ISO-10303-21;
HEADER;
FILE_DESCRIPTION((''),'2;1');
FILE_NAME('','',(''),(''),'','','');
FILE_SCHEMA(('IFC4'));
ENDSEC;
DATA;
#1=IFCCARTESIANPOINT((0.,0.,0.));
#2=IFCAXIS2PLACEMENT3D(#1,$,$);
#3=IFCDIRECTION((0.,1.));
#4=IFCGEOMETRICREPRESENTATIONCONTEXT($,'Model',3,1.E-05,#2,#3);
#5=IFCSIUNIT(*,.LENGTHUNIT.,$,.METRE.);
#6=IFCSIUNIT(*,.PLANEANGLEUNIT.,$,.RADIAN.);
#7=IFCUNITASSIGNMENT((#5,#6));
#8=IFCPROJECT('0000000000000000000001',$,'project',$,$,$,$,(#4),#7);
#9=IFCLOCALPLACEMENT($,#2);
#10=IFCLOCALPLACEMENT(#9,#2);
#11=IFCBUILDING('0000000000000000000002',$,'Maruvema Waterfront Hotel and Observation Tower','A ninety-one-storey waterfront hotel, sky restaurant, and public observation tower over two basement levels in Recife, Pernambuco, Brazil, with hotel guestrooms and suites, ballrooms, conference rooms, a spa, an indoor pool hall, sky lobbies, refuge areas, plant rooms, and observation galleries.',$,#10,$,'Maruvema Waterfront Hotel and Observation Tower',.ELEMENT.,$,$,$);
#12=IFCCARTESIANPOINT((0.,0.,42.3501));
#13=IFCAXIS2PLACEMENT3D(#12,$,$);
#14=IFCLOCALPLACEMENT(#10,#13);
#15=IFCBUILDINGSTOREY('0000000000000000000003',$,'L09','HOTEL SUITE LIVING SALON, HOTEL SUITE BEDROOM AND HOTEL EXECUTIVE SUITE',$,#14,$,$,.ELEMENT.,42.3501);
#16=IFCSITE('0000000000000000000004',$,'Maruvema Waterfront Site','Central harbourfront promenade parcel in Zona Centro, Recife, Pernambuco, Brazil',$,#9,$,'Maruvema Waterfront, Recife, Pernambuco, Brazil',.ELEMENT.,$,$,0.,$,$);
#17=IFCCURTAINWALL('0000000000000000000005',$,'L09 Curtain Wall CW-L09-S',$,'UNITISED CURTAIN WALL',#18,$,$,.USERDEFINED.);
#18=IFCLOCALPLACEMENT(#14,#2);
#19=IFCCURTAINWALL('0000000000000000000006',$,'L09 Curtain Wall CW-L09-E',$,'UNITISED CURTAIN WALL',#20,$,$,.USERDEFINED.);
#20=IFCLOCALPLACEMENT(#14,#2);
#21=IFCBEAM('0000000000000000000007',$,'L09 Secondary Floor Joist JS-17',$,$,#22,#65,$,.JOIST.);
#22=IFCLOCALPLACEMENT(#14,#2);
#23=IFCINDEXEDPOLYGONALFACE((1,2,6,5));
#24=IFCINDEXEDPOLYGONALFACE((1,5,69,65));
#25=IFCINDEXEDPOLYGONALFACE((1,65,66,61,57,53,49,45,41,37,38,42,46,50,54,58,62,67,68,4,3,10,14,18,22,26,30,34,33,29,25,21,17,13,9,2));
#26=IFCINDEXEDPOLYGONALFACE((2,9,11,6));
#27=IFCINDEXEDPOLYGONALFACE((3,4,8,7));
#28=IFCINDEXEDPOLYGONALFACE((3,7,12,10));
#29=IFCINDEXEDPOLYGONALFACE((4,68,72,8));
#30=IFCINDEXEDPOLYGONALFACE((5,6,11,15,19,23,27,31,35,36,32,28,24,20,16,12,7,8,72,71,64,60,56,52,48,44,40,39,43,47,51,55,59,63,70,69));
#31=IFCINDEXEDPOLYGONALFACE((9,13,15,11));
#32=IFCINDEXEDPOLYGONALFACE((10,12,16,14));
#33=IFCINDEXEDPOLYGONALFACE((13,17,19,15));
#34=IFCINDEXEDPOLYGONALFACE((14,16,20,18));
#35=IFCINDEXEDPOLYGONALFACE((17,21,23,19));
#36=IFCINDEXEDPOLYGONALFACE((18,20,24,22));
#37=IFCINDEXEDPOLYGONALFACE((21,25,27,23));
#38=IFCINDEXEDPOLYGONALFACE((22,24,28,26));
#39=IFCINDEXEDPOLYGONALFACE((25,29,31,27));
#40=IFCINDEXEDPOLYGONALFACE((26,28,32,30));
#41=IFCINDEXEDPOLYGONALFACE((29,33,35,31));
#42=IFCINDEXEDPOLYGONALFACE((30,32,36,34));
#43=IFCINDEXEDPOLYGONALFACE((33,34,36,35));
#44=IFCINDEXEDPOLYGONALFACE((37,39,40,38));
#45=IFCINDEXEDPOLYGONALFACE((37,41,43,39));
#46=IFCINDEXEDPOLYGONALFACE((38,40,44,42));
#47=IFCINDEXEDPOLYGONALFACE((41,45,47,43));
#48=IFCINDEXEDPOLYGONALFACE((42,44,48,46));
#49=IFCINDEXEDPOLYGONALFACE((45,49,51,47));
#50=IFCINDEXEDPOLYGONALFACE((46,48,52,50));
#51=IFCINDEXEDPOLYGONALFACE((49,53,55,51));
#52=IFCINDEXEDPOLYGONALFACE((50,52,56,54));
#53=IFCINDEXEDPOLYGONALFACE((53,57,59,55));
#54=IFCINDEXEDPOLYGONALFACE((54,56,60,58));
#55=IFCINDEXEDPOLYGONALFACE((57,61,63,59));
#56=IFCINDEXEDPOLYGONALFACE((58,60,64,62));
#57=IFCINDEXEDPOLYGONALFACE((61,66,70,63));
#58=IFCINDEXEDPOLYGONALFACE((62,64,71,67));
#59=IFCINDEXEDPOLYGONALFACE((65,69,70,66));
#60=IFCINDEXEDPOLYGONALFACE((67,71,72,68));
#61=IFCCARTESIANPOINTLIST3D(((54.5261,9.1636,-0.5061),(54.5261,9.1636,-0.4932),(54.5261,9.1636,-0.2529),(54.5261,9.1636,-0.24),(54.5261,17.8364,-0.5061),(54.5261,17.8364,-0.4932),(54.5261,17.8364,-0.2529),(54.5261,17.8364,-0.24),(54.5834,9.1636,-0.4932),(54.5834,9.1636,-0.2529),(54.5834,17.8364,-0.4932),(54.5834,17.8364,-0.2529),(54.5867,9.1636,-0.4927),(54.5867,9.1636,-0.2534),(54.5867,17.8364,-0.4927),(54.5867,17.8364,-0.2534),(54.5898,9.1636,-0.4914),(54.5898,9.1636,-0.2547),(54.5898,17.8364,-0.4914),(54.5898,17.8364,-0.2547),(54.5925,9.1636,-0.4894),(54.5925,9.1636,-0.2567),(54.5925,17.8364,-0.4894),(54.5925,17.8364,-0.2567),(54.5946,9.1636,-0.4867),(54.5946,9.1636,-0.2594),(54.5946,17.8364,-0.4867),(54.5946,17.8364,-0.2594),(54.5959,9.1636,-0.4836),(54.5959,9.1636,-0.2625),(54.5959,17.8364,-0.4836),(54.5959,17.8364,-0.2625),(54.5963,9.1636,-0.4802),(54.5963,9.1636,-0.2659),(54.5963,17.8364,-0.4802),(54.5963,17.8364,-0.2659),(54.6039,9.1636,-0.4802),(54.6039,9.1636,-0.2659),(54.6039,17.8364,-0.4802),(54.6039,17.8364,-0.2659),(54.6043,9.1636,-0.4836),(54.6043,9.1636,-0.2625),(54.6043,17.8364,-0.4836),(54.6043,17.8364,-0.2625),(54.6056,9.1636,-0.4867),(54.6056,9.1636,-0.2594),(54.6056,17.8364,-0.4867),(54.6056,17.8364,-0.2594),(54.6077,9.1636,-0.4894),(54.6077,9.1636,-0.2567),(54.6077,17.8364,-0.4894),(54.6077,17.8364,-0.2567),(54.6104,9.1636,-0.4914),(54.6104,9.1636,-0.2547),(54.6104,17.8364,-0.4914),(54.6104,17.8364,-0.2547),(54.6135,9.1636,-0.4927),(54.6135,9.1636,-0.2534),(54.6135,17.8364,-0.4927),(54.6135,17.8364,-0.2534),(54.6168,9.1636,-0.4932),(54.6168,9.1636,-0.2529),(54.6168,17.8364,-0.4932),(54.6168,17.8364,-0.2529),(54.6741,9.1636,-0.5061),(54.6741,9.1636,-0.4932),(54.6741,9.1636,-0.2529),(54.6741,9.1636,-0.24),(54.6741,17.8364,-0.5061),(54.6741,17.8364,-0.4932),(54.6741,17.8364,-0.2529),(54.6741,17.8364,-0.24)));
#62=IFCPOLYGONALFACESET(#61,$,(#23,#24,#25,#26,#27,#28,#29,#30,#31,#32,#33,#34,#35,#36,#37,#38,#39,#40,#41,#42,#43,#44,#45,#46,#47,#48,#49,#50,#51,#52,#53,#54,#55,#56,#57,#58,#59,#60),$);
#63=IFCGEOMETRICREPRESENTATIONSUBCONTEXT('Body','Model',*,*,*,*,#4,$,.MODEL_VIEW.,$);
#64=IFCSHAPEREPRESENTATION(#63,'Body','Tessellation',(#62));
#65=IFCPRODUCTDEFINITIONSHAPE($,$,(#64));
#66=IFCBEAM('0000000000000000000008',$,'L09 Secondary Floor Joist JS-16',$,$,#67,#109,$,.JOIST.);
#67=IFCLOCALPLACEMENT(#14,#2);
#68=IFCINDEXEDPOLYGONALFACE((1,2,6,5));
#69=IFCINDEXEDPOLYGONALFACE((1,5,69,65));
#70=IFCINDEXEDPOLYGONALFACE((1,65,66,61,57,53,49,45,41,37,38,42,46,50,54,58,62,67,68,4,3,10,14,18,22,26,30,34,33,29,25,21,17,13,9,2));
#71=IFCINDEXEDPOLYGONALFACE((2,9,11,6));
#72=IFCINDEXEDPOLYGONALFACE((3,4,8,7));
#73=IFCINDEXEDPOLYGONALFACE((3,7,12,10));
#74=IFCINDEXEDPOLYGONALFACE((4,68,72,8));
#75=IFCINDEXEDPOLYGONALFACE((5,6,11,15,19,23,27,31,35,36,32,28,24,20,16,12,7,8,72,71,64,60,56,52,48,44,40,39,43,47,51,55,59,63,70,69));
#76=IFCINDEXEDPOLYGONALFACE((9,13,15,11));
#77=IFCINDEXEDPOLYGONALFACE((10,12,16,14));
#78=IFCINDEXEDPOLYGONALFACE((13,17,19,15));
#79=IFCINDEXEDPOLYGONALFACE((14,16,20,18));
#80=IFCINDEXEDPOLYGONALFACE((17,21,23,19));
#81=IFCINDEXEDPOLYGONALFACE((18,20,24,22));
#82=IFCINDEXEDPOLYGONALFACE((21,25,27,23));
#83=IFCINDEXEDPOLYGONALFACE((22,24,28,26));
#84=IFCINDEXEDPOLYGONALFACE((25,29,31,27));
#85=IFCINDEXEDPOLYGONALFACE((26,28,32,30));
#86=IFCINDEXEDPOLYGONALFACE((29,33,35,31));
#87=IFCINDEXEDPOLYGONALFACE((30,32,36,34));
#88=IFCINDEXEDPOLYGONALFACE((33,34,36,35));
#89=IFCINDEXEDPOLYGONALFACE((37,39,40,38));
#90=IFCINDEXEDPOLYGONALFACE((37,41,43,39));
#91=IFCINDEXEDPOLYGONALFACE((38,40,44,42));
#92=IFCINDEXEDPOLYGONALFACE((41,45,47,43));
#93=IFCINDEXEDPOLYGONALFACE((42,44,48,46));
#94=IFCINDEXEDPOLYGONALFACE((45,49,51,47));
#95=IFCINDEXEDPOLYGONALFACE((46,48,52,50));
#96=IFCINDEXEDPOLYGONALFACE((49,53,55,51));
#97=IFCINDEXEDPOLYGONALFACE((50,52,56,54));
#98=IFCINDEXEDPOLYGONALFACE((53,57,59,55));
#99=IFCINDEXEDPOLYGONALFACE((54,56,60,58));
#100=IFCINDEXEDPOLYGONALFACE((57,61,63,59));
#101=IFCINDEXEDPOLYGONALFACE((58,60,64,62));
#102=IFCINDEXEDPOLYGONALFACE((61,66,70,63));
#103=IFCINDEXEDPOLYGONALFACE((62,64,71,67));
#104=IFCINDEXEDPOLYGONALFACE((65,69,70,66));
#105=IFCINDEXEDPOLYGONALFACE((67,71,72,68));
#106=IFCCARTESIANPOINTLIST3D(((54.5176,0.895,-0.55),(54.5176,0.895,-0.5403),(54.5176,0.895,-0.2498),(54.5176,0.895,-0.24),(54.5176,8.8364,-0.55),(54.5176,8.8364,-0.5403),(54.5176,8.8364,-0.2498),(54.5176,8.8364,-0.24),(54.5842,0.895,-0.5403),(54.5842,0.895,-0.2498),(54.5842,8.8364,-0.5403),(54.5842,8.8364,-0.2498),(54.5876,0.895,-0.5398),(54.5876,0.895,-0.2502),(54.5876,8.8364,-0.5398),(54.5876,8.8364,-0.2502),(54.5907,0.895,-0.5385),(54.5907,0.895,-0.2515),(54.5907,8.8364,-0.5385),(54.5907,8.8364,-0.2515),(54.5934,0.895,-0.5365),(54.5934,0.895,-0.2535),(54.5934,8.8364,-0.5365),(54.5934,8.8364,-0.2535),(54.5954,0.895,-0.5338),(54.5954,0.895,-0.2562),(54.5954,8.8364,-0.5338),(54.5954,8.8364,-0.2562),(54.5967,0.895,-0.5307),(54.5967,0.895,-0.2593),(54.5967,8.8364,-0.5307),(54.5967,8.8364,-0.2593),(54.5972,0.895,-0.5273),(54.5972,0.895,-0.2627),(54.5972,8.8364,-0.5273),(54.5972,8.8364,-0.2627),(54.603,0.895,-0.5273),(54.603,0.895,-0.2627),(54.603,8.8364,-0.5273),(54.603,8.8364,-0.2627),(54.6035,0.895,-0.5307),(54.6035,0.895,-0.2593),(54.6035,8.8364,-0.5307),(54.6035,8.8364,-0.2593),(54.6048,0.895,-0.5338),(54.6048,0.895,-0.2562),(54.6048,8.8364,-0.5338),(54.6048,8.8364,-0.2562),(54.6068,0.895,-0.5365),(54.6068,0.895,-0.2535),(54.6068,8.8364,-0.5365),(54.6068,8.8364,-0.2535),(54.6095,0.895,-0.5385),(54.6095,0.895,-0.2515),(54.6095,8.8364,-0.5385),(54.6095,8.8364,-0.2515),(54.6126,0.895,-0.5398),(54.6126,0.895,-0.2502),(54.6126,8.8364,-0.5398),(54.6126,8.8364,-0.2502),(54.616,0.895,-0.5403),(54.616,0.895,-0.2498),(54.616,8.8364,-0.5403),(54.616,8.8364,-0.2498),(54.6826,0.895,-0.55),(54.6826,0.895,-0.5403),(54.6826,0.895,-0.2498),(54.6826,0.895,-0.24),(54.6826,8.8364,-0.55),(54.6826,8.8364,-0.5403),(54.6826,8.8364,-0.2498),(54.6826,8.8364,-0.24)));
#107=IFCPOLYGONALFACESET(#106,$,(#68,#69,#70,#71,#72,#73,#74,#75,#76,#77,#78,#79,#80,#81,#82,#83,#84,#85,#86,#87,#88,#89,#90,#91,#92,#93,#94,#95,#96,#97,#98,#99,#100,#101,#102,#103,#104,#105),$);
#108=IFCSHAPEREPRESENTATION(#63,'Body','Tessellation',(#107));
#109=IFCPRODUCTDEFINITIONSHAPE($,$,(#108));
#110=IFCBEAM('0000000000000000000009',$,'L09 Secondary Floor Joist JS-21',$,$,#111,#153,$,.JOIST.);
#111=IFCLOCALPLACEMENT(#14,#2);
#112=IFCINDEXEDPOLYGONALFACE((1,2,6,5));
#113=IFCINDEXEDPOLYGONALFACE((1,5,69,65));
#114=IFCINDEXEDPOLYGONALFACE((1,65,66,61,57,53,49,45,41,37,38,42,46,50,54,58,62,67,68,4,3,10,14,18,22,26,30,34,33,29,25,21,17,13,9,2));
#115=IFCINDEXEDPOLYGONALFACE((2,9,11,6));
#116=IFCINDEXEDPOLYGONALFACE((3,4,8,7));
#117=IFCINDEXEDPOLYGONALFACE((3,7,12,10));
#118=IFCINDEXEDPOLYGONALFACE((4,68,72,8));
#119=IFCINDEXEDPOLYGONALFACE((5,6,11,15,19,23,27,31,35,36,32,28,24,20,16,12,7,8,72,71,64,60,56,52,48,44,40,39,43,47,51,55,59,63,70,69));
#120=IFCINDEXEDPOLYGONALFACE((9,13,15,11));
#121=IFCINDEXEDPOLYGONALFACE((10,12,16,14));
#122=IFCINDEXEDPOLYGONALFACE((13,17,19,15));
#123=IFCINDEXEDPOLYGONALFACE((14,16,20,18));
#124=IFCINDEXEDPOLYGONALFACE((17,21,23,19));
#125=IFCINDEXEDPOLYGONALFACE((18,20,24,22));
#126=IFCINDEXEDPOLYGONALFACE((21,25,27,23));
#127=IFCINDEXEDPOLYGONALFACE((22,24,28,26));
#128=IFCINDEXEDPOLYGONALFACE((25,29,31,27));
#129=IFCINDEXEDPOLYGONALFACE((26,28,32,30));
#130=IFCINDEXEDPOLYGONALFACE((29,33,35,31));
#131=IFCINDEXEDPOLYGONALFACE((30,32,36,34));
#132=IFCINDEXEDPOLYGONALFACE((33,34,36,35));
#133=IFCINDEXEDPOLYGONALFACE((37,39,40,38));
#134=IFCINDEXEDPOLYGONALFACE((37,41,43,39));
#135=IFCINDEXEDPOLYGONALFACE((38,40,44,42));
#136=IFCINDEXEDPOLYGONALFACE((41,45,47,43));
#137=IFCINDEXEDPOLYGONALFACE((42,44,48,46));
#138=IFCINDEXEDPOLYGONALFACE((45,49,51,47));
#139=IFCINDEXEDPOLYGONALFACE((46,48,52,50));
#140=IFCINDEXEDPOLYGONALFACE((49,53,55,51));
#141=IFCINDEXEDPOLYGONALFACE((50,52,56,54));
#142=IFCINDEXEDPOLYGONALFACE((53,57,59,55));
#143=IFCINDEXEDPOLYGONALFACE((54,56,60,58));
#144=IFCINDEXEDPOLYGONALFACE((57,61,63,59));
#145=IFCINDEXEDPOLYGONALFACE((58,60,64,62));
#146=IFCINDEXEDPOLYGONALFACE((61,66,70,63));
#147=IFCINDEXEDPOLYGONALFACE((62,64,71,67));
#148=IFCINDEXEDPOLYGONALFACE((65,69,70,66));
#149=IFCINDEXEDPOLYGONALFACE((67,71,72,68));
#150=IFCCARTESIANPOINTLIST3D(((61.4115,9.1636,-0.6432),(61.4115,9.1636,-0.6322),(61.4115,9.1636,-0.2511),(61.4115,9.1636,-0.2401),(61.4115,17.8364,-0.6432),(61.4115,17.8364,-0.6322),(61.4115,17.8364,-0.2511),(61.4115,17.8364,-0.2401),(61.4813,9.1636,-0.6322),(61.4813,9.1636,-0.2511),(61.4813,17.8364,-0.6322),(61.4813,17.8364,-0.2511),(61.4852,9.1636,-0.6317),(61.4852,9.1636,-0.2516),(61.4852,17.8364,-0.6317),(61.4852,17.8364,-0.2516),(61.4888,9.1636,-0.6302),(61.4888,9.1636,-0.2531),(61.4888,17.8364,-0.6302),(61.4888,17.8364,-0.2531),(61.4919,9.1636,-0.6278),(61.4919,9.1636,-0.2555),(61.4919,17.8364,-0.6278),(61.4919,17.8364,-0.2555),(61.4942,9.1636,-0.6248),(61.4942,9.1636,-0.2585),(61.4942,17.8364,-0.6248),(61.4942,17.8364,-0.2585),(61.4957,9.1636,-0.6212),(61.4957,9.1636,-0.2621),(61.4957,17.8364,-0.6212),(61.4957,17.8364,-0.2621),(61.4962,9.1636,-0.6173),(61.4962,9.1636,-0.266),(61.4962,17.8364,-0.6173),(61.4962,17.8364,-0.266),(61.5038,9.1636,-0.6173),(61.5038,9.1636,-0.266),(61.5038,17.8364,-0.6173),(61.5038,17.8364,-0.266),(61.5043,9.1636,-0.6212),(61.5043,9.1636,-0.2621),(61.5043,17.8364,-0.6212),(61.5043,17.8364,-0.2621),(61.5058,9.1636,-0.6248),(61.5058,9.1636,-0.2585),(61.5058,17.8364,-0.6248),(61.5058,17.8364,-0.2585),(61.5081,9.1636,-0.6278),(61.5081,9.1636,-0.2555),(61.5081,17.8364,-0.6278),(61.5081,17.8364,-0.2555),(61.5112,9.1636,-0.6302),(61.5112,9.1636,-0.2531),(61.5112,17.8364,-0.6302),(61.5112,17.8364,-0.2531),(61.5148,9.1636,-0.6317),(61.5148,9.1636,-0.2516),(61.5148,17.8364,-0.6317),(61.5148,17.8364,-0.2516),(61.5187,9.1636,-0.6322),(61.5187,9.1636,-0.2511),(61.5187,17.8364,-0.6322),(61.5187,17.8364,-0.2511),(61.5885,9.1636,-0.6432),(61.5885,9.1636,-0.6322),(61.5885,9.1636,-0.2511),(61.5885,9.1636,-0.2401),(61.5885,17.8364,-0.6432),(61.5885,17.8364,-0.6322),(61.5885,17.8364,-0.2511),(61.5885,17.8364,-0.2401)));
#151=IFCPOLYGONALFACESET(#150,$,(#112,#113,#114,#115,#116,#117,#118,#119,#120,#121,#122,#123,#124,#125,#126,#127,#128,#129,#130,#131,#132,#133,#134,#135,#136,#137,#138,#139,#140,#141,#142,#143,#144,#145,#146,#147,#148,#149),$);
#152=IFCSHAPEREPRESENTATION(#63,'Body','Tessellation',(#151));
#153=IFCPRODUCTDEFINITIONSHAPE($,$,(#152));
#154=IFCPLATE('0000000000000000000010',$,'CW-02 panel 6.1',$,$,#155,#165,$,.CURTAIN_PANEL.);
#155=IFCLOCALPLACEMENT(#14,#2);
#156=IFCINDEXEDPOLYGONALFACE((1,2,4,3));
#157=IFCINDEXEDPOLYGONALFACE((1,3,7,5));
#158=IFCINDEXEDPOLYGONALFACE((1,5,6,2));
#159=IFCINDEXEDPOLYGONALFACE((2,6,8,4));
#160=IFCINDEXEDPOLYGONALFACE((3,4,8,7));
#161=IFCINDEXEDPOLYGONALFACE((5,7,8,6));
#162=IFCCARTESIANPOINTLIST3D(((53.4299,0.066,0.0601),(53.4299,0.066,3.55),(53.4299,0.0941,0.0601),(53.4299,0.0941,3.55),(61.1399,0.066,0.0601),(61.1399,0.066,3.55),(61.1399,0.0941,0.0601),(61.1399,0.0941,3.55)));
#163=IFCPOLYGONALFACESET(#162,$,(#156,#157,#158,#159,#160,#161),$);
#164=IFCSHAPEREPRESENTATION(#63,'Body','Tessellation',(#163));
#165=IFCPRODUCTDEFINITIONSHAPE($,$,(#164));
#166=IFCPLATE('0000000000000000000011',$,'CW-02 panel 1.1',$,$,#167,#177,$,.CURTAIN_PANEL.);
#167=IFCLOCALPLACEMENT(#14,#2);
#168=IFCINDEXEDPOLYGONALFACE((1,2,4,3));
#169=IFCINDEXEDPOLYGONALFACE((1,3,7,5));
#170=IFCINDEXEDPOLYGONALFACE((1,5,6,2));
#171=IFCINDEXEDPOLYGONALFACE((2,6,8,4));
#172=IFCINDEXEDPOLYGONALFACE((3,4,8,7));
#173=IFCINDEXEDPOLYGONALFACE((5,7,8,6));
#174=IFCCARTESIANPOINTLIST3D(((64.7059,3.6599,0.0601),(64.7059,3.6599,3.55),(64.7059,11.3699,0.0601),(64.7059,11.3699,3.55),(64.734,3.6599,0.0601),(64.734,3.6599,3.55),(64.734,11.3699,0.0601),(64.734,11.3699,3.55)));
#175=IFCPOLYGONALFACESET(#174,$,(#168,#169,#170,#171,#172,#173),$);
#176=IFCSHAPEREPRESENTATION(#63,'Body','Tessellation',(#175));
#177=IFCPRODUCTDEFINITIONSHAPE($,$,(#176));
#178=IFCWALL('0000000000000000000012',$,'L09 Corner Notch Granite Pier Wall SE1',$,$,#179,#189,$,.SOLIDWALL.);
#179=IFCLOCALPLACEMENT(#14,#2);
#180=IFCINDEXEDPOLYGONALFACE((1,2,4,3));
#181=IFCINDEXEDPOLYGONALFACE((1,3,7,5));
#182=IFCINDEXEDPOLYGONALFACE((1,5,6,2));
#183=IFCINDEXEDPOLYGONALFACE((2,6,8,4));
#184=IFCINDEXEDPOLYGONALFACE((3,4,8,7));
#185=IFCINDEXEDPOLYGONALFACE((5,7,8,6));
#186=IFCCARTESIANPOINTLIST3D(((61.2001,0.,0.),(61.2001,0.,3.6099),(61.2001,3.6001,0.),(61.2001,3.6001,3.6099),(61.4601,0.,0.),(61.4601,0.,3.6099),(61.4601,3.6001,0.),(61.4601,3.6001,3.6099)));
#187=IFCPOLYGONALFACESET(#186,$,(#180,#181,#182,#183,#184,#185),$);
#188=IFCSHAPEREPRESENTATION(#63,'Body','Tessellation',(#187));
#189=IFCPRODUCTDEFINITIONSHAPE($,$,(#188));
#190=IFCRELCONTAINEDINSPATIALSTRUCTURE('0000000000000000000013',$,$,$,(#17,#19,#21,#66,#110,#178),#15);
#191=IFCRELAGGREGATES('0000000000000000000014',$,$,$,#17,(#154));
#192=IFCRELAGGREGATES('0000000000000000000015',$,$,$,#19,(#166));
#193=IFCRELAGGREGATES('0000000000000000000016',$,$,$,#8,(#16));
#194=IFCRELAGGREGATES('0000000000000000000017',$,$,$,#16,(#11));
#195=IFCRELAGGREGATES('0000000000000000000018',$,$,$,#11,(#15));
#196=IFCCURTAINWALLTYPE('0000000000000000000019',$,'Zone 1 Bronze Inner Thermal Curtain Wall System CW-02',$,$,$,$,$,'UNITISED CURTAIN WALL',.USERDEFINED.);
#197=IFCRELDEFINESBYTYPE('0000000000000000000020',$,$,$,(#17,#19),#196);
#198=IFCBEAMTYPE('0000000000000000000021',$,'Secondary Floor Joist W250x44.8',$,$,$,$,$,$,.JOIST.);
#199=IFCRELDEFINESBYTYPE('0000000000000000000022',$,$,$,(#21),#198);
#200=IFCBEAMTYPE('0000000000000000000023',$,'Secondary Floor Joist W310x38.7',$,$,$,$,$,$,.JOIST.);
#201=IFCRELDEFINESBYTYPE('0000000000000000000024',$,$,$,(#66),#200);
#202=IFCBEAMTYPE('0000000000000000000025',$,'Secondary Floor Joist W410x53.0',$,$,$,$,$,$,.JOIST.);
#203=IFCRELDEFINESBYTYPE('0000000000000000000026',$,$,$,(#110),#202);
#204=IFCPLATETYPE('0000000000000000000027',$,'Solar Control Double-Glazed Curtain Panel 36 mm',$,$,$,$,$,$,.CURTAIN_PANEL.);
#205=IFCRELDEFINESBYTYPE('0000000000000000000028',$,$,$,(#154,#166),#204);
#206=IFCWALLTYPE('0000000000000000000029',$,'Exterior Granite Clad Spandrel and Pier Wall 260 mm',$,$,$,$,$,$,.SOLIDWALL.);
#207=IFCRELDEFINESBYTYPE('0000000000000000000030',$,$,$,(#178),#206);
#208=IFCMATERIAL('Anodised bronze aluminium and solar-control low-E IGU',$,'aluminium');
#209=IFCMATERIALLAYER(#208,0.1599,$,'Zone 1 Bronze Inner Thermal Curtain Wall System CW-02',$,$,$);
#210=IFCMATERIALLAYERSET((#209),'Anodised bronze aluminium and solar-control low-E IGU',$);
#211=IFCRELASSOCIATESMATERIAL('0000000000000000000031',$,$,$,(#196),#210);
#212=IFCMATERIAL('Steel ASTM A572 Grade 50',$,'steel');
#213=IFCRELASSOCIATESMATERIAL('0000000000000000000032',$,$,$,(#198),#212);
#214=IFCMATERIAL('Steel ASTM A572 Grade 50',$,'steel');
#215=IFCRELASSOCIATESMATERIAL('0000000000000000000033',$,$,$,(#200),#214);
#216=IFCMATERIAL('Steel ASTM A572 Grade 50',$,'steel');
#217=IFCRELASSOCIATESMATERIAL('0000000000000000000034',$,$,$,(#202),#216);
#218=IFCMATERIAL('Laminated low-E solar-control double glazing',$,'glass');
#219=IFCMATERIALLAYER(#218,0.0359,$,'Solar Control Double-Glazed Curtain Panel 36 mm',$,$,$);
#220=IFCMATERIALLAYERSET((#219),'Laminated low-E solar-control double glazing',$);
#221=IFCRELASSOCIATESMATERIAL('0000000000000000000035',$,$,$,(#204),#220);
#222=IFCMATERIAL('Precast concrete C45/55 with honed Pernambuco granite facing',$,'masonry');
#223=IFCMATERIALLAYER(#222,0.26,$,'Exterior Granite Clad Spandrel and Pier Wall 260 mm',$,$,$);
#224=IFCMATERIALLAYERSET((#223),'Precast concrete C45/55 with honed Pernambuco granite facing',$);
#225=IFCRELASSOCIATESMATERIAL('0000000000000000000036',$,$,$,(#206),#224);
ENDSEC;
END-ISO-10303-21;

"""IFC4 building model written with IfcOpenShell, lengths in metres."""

from ifc_helpers import new_model, si_unit, direction, frame, frame_2d, origin, origin_2d, place, context, subcontext, project, spatial, rectangle, i_section, extrude, material, layer, layer_set, material_profile, profile_set, type_object, element, aggregate, save


model = new_model("IFC4")

# Units and contexts
model_context = context("Model", 3, precision=1e-05, world=origin(), true_north=direction((0.0, 1.0)))
body_context = subcontext(model_context, "Body", "Model", "MODEL_VIEW")
ifc_project = project(units=[si_unit("LENGTHUNIT", "METRE"), si_unit("PLANEANGLEUNIT", "RADIAN")], contexts=[model_context])

# Site, building, storey
site_placement = place(None, origin())
site = spatial("IfcSite", under=ifc_project, at=site_placement, Name="Maruvema Waterfront Site", Description="Central harbourfront promenade parcel in Zona Centro, Recife, Pernambuco, Brazil", LongName="Maruvema Waterfront, Recife, Pernambuco, Brazil", CompositionType="ELEMENT", RefElevation=0.0)
building_placement = place(site_placement, origin())
building = spatial("IfcBuilding", under=site, at=building_placement, Name="Maruvema Waterfront Hotel and Observation Tower", Description="A ninety-one-storey waterfront hotel, sky restaurant, and public observation tower over two basement levels in Recife, Pernambuco, Brazil, with hotel guestrooms and suites, ballrooms, conference rooms, a spa, an indoor pool hall, sky lobbies, refuge areas, plant rooms, and observation galleries.", LongName="Maruvema Waterfront Hotel and Observation Tower", CompositionType="ELEMENT")
storey_placement = place(building_placement, frame((0.0, 0.0, 42.3501)))
storey = spatial("IfcBuildingStorey", under=building, at=storey_placement, Name="L09", Description="HOTEL SUITE LIVING SALON, HOTEL SUITE BEDROOM AND HOTEL EXECUTIVE SUITE", CompositionType="ELEMENT", Elevation=42.3501)

# Curtain walls
ifc_material_1 = material(Name="Anodised bronze aluminium and solar-control low-E IGU", Category="aluminium")
ifc_layer_1 = layer(ifc_material_1, 0.1599, Name="Zone 1 Bronze Inner Thermal Curtain Wall System CW-02")
ifc_layer_set_1 = layer_set([ifc_layer_1], Name="Anodised bronze aluminium and solar-control low-E IGU")
curtain_wall_type = type_object("IfcCurtainWallType", Name="Zone 1 Bronze Inner Thermal Curtain Wall System CW-02", ElementType="UNITISED CURTAIN WALL", PredefinedType="USERDEFINED", material=ifc_layer_set_1)
curtain_wall_1_placement = place(storey_placement, origin())
curtain_wall_1 = element("IfcCurtainWall", 1, at=curtain_wall_1_placement, inside=storey, type_object=curtain_wall_type, Name="L09 Curtain Wall CW-L09-S", ObjectType="UNITISED CURTAIN WALL", PredefinedType="USERDEFINED")
curtain_wall_2_placement = place(storey_placement, origin())
curtain_wall_2 = element("IfcCurtainWall", 2, at=curtain_wall_2_placement, inside=storey, type_object=curtain_wall_type, Name="L09 Curtain Wall CW-L09-E", ObjectType="UNITISED CURTAIN WALL", PredefinedType="USERDEFINED")

# Beams
ifc_material_2 = material(Name="Steel ASTM A572 Grade 50", Category="steel")
ifc_material_profile_1 = material_profile(ifc_material_2, i_section(OverallWidth=0.1479, OverallDepth=0.2661, WebThickness=0.0076, FlangeThickness=0.0129, FilletRadius=0.0129, at=origin_2d()), Name="W250x44.8")
ifc_profile_set_1 = profile_set([ifc_material_profile_1], Name="Steel ASTM A572 Grade 50")
beam_type_1 = type_object("IfcBeamType", Name="Secondary Floor Joist W250x44.8", PredefinedType="JOIST", material=ifc_profile_set_1)
beam_1_placement = place(storey_placement, frame((54.6001, 9.1636, -0.373), z_axis=(0.0, 1.0, 0.0), x_axis=(-1.0, 0.0, 0.0)))
element("IfcBeam", 3, at=beam_1_placement, inside=storey, type_object=beam_type_1, Name="L09 Secondary Floor Joist JS-17", PredefinedType="JOIST", context=body_context, shape_type="SweptSolid", body=[
    extrude(i_section(OverallWidth=0.1479, OverallDepth=0.2661, WebThickness=0.0076, FlangeThickness=0.0129, FilletRadius=0.0129, at=origin_2d()), origin(), (0.0, 0.0, 1.0), 8.6729),
])
ifc_material_3 = material(Name="Steel ASTM A572 Grade 50", Category="steel")
ifc_material_profile_2 = material_profile(ifc_material_3, i_section(OverallWidth=0.165, OverallDepth=0.3101, WebThickness=0.0059, FlangeThickness=0.0098, FilletRadius=0.0129, at=origin_2d()), Name="W310x38.7")
ifc_profile_set_2 = profile_set([ifc_material_profile_2], Name="Steel ASTM A572 Grade 50")
beam_type_2 = type_object("IfcBeamType", Name="Secondary Floor Joist W310x38.7", PredefinedType="JOIST", material=ifc_profile_set_2)
beam_2_placement = place(storey_placement, frame((54.6001, 0.895, -0.395), z_axis=(0.0, 1.0, 0.0), x_axis=(-1.0, 0.0, 0.0)))
element("IfcBeam", 4, at=beam_2_placement, inside=storey, type_object=beam_type_2, Name="L09 Secondary Floor Joist JS-16", PredefinedType="JOIST", context=body_context, shape_type="SweptSolid", body=[
    extrude(i_section(OverallWidth=0.165, OverallDepth=0.3101, WebThickness=0.0059, FlangeThickness=0.0098, FilletRadius=0.0129, at=origin_2d()), origin(), (0.0, 0.0, 1.0), 7.9414),
])
ifc_material_4 = material(Name="Steel ASTM A572 Grade 50", Category="steel")
ifc_material_profile_3 = material_profile(ifc_material_4, i_section(OverallWidth=0.177, OverallDepth=0.4031, WebThickness=0.0076, FlangeThickness=0.011, FilletRadius=0.0149, at=origin_2d()), Name="W410x53.0")
ifc_profile_set_3 = profile_set([ifc_material_profile_3], Name="Steel ASTM A572 Grade 50")
beam_type_3 = type_object("IfcBeamType", Name="Secondary Floor Joist W410x53.0", PredefinedType="JOIST", material=ifc_profile_set_3)
beam_3_placement = place(storey_placement, frame((61.5, 9.1636, -0.4417), z_axis=(0.0, 1.0, 0.0), x_axis=(-1.0, 0.0, 0.0)))
element("IfcBeam", 5, at=beam_3_placement, inside=storey, type_object=beam_type_3, Name="L09 Secondary Floor Joist JS-21", PredefinedType="JOIST", context=body_context, shape_type="SweptSolid", body=[
    extrude(i_section(OverallWidth=0.177, OverallDepth=0.4031, WebThickness=0.0076, FlangeThickness=0.011, FilletRadius=0.0149, at=origin_2d()), origin(), (0.0, 0.0, 1.0), 8.6729),
])

# Plates
ifc_material_5 = material(Name="Laminated low-E solar-control double glazing", Category="glass")
ifc_layer_2 = layer(ifc_material_5, 0.0359, Name="Solar Control Double-Glazed Curtain Panel 36 mm")
ifc_layer_set_2 = layer_set([ifc_layer_2], Name="Laminated low-E solar-control double glazing")
plate_type = type_object("IfcPlateType", Name="Solar Control Double-Glazed Curtain Panel 36 mm", PredefinedType="CURTAIN_PANEL", material=ifc_layer_set_2)
plate_1_placement = place(storey_placement, frame((57.2849, 0.0801, 0.0601), z_axis=(0.0, 0.0, 1.0), x_axis=(1.0, 0.0, 0.0)))
plate_1 = element("IfcPlate", 6, at=plate_1_placement, type_object=plate_type, Name="CW-02 panel 6.1", PredefinedType="CURTAIN_PANEL", context=body_context, shape_type="SweptSolid", body=[
    extrude(rectangle(XDim=7.71, YDim=0.0281, at=origin_2d()), origin(), (0.0, 0.0, 1.0), 3.49),
])
aggregate(curtain_wall_1, [plate_1])
plate_2_placement = place(storey_placement, frame((64.72, 7.5149, 0.0601), z_axis=(0.0, 0.0, 1.0), x_axis=(0.0, 1.0, 0.0)))
plate_2 = element("IfcPlate", 7, at=plate_2_placement, type_object=plate_type, Name="CW-02 panel 1.1", PredefinedType="CURTAIN_PANEL", context=body_context, shape_type="SweptSolid", body=[
    extrude(rectangle(XDim=7.71, YDim=0.0281, at=origin_2d()), origin(), (0.0, 0.0, 1.0), 3.49),
])
aggregate(curtain_wall_2, [plate_2])

# Wall
ifc_material_6 = material(Name="Precast concrete C45/55 with honed Pernambuco granite facing", Category="masonry")
ifc_layer_3 = layer(ifc_material_6, 0.26, Name="Exterior Granite Clad Spandrel and Pier Wall 260 mm")
ifc_layer_set_3 = layer_set([ifc_layer_3], Name="Precast concrete C45/55 with honed Pernambuco granite facing")
wall_type_1 = type_object("IfcWallType", Name="Exterior Granite Clad Spandrel and Pier Wall 260 mm", PredefinedType="SOLIDWALL", material=ifc_layer_set_3)
wall_1_placement = place(storey_placement, frame((61.3301, 3.6001, 0.0), z_axis=(0.0, 0.0, 1.0), x_axis=(0.0, -1.0, 0.0)))
element("IfcWall", 8, at=wall_1_placement, inside=storey, type_object=wall_type_1, Name="L09 Corner Notch Granite Pier Wall SE1", PredefinedType="SOLIDWALL", context=body_context, shape_type="SweptSolid", body=[
    extrude(rectangle(XDim=3.6001, YDim=0.26, at=frame_2d((1.8, 0.0))), origin(), (0.0, 0.0, 1.0), 3.6099),
])

save(model, "model.ifc")
